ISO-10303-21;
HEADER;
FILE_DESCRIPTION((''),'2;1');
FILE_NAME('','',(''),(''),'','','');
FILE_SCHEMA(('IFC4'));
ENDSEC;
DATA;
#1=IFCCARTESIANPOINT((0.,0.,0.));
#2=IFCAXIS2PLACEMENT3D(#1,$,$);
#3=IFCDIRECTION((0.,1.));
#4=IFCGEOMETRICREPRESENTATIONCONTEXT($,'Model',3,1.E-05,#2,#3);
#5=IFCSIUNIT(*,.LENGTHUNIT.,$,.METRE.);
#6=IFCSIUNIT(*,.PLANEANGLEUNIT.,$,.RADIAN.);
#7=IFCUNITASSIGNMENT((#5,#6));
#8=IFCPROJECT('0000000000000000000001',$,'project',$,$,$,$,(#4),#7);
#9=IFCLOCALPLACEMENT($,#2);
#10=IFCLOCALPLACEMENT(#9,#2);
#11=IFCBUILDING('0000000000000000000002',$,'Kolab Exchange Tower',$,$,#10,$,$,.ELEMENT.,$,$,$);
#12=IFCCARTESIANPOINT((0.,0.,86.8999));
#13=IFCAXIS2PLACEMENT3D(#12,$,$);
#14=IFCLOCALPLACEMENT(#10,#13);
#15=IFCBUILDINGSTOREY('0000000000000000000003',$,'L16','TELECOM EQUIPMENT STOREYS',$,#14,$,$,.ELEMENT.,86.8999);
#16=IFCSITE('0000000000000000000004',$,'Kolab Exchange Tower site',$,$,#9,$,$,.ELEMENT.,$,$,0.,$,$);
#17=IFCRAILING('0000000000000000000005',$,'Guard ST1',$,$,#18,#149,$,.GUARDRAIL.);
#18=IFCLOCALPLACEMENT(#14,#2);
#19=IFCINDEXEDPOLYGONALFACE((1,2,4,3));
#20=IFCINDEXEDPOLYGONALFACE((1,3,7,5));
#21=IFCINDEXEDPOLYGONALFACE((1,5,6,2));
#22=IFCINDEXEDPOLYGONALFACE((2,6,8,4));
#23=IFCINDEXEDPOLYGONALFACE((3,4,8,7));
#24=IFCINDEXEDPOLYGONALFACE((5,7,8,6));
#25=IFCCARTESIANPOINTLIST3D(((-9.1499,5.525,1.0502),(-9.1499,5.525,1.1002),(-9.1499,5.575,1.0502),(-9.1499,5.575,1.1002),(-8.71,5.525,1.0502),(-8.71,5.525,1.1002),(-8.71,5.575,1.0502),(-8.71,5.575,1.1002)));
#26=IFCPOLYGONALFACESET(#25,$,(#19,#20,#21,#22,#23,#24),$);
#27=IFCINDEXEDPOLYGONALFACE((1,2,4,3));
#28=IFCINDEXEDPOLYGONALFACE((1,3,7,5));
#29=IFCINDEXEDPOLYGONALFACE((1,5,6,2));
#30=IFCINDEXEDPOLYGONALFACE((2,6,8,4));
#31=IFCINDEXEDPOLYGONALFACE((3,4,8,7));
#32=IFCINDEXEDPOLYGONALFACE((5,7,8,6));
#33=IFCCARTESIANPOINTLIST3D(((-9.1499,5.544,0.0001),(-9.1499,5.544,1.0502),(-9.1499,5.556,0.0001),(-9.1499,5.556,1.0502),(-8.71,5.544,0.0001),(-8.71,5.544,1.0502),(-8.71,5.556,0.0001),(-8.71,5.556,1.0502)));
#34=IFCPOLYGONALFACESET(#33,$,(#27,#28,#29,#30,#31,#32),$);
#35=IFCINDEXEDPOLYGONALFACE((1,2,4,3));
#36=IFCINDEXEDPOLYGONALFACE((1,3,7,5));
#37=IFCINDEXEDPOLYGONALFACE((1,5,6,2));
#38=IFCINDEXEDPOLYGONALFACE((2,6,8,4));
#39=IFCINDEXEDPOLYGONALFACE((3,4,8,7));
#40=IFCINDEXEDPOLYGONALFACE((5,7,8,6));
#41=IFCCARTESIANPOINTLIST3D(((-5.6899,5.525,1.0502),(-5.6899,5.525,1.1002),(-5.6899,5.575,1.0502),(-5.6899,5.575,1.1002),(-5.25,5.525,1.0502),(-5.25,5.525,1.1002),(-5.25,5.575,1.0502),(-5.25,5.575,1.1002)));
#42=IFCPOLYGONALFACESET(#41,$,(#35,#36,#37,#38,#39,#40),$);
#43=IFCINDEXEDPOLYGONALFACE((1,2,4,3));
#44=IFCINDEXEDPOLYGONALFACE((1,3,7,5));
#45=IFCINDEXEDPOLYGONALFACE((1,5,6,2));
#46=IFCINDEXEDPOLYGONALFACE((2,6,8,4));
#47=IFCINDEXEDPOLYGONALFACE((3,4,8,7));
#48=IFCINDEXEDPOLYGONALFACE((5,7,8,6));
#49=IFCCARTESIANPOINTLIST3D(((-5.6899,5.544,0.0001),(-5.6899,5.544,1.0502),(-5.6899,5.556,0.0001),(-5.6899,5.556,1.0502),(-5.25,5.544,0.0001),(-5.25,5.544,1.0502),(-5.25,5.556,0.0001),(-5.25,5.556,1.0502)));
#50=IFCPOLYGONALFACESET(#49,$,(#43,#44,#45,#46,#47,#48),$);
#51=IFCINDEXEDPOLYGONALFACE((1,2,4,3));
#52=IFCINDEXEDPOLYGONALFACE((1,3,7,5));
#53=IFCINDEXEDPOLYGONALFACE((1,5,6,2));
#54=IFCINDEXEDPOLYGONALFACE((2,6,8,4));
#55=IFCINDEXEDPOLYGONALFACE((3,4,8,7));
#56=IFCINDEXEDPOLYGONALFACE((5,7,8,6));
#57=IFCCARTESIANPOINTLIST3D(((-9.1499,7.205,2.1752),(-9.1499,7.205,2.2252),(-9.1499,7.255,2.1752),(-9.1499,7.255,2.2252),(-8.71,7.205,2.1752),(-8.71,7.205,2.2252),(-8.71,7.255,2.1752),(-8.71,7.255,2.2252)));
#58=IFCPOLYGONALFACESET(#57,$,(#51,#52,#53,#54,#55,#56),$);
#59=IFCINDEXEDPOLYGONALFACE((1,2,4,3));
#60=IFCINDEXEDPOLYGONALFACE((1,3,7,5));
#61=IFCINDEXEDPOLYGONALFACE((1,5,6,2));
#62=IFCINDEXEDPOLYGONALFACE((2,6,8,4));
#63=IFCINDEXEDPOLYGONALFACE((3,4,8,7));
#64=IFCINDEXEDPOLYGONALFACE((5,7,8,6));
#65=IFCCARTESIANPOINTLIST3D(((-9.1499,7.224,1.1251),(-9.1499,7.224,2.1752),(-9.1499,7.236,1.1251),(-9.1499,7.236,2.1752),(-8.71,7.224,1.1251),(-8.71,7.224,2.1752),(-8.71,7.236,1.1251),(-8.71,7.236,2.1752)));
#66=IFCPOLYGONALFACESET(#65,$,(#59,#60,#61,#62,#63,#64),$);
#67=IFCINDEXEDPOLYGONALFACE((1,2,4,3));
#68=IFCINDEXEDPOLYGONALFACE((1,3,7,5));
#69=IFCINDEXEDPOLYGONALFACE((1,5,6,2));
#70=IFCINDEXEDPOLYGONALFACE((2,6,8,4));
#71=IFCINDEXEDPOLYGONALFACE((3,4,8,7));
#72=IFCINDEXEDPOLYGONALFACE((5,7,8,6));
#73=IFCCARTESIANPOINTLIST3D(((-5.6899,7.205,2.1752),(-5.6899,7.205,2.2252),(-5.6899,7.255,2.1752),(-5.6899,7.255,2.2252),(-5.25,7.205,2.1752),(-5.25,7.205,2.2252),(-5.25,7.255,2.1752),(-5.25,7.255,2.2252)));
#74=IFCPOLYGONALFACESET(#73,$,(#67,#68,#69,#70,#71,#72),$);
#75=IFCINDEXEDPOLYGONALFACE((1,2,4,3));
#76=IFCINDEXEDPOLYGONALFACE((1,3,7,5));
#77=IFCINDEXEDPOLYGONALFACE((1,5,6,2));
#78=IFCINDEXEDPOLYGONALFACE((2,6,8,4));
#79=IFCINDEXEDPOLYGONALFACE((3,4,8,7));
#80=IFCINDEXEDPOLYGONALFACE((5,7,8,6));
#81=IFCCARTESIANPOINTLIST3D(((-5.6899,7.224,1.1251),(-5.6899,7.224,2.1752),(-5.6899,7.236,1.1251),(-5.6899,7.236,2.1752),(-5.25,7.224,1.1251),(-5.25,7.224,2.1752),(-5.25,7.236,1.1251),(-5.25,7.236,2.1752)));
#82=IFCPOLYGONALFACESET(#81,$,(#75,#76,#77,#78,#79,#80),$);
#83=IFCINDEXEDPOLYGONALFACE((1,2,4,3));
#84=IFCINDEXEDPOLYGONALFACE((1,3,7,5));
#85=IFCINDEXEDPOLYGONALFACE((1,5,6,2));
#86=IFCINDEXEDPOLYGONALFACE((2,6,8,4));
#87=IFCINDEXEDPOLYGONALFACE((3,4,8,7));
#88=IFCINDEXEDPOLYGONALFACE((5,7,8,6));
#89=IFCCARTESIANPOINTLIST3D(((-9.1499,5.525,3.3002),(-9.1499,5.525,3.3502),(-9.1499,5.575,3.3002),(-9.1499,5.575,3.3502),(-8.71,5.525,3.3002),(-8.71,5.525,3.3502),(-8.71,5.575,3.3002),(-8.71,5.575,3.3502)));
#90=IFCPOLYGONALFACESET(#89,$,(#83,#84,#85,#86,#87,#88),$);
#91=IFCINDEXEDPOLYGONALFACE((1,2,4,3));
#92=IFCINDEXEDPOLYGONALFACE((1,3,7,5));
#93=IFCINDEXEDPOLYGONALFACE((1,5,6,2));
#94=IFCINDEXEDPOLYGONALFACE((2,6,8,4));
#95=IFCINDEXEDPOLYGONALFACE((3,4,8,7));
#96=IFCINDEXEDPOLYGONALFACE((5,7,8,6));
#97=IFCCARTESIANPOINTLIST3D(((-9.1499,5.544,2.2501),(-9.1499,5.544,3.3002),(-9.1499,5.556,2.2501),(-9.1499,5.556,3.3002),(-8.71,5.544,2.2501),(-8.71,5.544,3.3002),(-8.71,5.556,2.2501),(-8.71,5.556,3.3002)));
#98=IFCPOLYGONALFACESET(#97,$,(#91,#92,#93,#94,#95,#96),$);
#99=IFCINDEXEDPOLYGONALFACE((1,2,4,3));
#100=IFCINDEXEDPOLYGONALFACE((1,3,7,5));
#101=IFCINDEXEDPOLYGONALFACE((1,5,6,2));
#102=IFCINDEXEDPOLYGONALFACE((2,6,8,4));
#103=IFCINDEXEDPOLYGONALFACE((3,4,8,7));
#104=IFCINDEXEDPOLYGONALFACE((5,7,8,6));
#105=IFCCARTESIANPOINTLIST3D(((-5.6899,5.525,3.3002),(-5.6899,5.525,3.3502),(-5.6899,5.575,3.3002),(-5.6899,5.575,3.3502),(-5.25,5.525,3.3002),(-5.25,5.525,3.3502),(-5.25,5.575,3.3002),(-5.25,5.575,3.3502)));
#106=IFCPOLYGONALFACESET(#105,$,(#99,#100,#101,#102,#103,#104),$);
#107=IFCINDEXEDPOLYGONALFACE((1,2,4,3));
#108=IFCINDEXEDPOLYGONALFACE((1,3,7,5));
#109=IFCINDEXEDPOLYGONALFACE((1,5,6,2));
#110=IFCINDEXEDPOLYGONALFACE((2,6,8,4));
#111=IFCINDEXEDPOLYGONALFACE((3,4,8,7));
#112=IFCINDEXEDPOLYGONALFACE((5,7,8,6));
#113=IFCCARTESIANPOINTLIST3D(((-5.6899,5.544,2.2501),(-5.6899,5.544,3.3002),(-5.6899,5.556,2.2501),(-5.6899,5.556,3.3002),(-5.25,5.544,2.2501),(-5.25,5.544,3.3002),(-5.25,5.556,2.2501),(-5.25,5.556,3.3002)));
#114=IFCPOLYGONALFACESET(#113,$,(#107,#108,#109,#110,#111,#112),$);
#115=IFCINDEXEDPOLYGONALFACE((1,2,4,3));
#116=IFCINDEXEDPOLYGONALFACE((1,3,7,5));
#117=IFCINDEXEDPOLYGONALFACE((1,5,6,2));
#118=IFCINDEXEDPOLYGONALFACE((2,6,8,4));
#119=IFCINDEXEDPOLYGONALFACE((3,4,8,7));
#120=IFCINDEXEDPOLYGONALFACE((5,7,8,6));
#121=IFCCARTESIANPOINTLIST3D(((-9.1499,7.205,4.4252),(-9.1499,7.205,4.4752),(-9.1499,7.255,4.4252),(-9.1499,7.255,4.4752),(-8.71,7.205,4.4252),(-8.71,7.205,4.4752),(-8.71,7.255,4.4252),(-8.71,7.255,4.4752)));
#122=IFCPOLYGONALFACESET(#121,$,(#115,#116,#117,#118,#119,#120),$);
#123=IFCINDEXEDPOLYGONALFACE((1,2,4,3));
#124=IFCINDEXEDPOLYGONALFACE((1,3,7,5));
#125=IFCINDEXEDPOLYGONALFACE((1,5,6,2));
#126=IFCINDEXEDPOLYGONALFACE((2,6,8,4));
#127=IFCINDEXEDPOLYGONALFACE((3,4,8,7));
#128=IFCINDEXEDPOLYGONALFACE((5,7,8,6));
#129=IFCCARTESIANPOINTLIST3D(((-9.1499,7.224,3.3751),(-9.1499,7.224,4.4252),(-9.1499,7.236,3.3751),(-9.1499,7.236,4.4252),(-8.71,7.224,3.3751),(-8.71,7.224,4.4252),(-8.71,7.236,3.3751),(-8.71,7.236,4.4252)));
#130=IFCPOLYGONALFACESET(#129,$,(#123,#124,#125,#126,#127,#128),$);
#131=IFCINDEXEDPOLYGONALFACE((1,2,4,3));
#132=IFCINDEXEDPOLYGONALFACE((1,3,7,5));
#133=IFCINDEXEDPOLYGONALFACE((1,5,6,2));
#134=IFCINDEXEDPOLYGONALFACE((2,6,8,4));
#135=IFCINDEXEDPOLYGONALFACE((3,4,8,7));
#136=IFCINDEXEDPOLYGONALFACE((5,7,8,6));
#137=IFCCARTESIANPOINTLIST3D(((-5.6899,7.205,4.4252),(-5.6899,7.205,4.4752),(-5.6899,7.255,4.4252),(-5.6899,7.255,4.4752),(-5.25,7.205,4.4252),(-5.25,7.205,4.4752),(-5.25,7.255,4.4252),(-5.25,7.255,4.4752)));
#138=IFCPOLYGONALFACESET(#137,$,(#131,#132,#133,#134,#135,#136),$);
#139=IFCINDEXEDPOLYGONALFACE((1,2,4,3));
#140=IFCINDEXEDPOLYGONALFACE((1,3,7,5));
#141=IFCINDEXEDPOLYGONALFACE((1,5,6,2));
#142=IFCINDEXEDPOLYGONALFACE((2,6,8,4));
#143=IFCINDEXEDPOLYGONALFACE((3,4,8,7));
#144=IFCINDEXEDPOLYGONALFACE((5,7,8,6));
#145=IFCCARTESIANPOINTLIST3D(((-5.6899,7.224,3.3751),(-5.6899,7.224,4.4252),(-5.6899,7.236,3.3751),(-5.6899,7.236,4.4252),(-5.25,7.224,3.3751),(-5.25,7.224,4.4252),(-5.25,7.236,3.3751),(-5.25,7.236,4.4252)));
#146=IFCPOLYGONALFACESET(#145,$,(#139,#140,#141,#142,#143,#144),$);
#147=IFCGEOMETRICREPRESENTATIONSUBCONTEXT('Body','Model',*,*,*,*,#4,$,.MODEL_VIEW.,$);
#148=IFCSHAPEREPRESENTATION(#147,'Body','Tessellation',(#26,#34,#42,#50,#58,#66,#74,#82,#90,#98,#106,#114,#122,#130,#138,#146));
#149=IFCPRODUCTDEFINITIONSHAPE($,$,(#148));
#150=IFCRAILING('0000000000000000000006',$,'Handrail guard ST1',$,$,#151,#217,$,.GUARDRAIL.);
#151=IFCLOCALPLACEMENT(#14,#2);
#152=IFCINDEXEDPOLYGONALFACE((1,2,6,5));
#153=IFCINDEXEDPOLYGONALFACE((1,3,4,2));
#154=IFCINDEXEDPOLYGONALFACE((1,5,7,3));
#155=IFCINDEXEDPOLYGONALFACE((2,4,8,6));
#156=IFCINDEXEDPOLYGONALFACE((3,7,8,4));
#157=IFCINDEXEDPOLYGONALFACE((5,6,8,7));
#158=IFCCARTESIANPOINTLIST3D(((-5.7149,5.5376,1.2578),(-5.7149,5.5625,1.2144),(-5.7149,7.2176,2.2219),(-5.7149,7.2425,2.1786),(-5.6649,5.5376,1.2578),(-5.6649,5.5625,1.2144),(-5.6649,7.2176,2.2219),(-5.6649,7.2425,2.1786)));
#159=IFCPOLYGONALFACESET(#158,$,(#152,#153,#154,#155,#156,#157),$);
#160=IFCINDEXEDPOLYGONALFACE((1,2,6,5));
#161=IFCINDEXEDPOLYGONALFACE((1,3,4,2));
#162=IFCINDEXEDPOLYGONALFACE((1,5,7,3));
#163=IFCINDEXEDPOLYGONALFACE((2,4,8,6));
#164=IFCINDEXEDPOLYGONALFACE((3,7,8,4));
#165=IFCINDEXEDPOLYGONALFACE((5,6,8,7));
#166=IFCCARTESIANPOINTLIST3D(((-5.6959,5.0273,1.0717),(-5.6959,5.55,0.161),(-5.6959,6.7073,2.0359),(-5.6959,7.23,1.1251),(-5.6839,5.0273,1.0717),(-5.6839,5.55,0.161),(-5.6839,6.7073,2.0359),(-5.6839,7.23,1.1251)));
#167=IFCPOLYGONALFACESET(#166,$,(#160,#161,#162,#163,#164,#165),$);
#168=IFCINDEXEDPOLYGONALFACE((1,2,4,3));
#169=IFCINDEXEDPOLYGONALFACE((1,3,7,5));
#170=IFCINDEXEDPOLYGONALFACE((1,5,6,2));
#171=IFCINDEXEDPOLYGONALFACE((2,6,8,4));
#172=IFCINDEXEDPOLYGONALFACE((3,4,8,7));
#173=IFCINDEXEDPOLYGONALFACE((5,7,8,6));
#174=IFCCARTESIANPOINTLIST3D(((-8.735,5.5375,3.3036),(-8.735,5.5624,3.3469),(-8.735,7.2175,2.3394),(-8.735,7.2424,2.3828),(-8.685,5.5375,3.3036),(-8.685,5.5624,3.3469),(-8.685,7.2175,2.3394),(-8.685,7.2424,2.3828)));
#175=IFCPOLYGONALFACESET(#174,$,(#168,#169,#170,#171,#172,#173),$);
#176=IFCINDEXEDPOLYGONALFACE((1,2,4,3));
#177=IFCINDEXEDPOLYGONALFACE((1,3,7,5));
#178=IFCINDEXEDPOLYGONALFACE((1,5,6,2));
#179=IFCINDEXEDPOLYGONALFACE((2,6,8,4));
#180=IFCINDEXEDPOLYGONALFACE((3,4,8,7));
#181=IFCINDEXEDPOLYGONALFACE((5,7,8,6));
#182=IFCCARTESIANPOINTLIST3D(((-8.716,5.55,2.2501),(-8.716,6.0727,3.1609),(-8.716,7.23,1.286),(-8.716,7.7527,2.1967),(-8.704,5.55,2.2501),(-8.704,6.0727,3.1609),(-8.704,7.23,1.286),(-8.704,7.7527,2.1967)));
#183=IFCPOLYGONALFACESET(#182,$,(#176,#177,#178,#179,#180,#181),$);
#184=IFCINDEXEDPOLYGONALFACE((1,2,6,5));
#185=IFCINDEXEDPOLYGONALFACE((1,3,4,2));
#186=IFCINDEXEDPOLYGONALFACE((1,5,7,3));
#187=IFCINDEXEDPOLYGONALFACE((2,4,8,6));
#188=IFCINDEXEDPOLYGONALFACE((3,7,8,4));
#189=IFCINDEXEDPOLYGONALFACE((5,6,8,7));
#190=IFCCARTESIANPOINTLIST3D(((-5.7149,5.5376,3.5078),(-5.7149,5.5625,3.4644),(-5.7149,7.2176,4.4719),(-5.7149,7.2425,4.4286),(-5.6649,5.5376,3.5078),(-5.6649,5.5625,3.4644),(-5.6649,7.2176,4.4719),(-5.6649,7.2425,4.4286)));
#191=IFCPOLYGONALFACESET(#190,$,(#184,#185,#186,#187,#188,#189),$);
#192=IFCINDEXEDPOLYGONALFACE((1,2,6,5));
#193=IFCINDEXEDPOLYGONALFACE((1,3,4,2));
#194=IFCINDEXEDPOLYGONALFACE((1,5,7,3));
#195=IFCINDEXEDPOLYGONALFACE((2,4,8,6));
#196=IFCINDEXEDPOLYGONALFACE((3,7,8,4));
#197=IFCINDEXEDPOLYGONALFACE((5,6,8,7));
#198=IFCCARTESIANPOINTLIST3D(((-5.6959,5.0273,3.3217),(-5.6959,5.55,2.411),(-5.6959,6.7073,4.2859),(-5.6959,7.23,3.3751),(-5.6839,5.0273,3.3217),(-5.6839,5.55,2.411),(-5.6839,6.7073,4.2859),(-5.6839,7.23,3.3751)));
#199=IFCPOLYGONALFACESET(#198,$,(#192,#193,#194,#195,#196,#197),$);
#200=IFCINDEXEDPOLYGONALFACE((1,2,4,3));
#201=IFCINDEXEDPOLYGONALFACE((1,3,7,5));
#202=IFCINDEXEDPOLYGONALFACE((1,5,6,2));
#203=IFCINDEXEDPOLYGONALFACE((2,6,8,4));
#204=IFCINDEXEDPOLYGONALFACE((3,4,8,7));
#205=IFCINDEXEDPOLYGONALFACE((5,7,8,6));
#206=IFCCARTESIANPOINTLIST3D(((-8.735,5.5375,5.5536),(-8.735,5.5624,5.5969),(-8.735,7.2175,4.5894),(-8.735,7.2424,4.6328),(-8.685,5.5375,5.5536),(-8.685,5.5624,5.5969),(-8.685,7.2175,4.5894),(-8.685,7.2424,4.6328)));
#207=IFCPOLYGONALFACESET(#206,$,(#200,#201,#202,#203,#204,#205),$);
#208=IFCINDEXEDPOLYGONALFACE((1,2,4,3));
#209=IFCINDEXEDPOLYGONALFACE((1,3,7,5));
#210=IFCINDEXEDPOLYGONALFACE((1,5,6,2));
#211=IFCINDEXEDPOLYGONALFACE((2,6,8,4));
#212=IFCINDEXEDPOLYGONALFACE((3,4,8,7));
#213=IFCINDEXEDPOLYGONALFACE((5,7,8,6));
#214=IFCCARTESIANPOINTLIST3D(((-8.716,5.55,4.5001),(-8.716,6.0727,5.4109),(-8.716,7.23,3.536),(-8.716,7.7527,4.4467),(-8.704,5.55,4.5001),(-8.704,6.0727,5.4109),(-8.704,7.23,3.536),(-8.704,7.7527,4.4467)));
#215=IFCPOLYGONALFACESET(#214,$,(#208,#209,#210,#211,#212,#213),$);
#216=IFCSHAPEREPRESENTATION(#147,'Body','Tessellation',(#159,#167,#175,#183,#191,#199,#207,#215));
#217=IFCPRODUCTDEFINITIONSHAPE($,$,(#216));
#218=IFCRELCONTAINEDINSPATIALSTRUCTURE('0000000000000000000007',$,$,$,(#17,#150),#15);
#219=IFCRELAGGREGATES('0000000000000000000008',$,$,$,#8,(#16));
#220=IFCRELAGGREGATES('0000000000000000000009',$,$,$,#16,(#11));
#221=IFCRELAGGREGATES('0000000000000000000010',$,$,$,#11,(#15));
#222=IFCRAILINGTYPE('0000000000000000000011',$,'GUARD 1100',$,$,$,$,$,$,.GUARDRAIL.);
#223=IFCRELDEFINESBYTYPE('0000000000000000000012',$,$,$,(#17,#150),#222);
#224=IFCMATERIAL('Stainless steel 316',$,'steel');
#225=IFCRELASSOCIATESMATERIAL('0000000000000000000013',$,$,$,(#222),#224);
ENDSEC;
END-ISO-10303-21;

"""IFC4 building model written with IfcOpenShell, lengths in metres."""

from ifc_helpers import new_model, si_unit, direction, frame, frame_2d, origin, origin_2d, place, context, subcontext, project, spatial, rectangle, extrude, material, type_object, element, save


model = new_model("IFC4")

# Units and contexts
model_context = context("Model", 3, precision=1e-05, world=origin(), true_north=direction((0.0, 1.0)))
body_context = subcontext(model_context, "Body", "Model", "MODEL_VIEW")
ifc_project = project(units=[si_unit("LENGTHUNIT", "METRE"), si_unit("PLANEANGLEUNIT", "RADIAN")], contexts=[model_context])

# Site, building, storey
site_placement = place(None, origin())
site = spatial("IfcSite", under=ifc_project, at=site_placement, Name="Kolab Exchange Tower site", CompositionType="ELEMENT", RefElevation=0.0)
building_placement = place(site_placement, origin())
building = spatial("IfcBuilding", under=site, at=building_placement, Name="Kolab Exchange Tower", CompositionType="ELEMENT")
storey_placement = place(building_placement, frame((0.0, 0.0, 86.8999)))
storey = spatial("IfcBuildingStorey", under=building, at=storey_placement, Name="L16", Description="TELECOM EQUIPMENT STOREYS", CompositionType="ELEMENT", Elevation=86.8999)

# Railings
ifc_material_1 = material(Name="Stainless steel 316", Category="steel")
railing_type = type_object("IfcRailingType", Name="GUARD 1100", PredefinedType="GUARDRAIL", material=ifc_material_1)
railing_1_placement = place(storey_placement, frame((-9.1499, 5.55, 0.0)))
element("IfcRailing", 1, at=railing_1_placement, inside=storey, type_object=railing_type, Name="Guard ST1", PredefinedType="GUARDRAIL", context=body_context, shape_type="SweptSolid", body=[
    extrude(rectangle(XDim=0.05, YDim=0.05, at=origin_2d()), frame((0.0, 0.0, 1.0752), z_axis=(1.0, 0.0, 0.0), x_axis=(0.0, 1.0, 0.0)), (0.0, 0.0, 1.0), 0.4399),
    extrude(rectangle(XDim=0.012, YDim=1.0501, at=frame_2d((0.0, 0.5251))), frame((0.0, 0.0, 0.0), z_axis=(1.0, 0.0, 0.0), x_axis=(0.0, 1.0, 0.0)), (0.0, 0.0, 1.0), 0.4399),
    extrude(rectangle(XDim=0.05, YDim=0.05, at=origin_2d()), frame((3.46, 0.0, 1.0752), z_axis=(1.0, 0.0, 0.0), x_axis=(0.0, 1.0, 0.0)), (0.0, 0.0, 1.0), 0.4399),
    extrude(rectangle(XDim=0.012, YDim=1.0501, at=frame_2d((0.0, 0.5251))), frame((3.46, 0.0, 0.0), z_axis=(1.0, 0.0, 0.0), x_axis=(0.0, 1.0, 0.0)), (0.0, 0.0, 1.0), 0.4399),
    extrude(rectangle(XDim=0.05, YDim=0.05, at=origin_2d()), frame((0.0, 1.6799, 2.2002), z_axis=(1.0, 0.0, 0.0), x_axis=(0.0, 1.0, 0.0)), (0.0, 0.0, 1.0), 0.4399),
    extrude(rectangle(XDim=0.012, YDim=1.0501, at=frame_2d((0.0, 0.5251))), frame((0.0, 1.6799, 1.125), z_axis=(1.0, 0.0, 0.0), x_axis=(0.0, 1.0, 0.0)), (0.0, 0.0, 1.0), 0.4399),
    extrude(rectangle(XDim=0.05, YDim=0.05, at=origin_2d()), frame((3.46, 1.6799, 2.2002), z_axis=(1.0, 0.0, 0.0), x_axis=(0.0, 1.0, 0.0)), (0.0, 0.0, 1.0), 0.4399),
    extrude(rectangle(XDim=0.012, YDim=1.0501, at=frame_2d((0.0, 0.5251))), frame((3.46, 1.6799, 1.125), z_axis=(1.0, 0.0, 0.0), x_axis=(0.0, 1.0, 0.0)), (0.0, 0.0, 1.0), 0.4399),
    extrude(rectangle(XDim=0.05, YDim=0.05, at=origin_2d()), frame((0.0, 0.0, 3.3252), z_axis=(1.0, 0.0, 0.0), x_axis=(0.0, 1.0, 0.0)), (0.0, 0.0, 1.0), 0.4399),
    extrude(rectangle(XDim=0.012, YDim=1.0501, at=frame_2d((0.0, 0.5251))), frame((0.0, 0.0, 2.25), z_axis=(1.0, 0.0, 0.0), x_axis=(0.0, 1.0, 0.0)), (0.0, 0.0, 1.0), 0.4399),
    extrude(rectangle(XDim=0.05, YDim=0.05, at=origin_2d()), frame((3.46, 0.0, 3.3252), z_axis=(1.0, 0.0, 0.0), x_axis=(0.0, 1.0, 0.0)), (0.0, 0.0, 1.0), 0.4399),
    extrude(rectangle(XDim=0.012, YDim=1.0501, at=frame_2d((0.0, 0.5251))), frame((3.46, 0.0, 2.25), z_axis=(1.0, 0.0, 0.0), x_axis=(0.0, 1.0, 0.0)), (0.0, 0.0, 1.0), 0.4399),
    extrude(rectangle(XDim=0.05, YDim=0.05, at=origin_2d()), frame((0.0, 1.6799, 4.4502), z_axis=(1.0, 0.0, 0.0), x_axis=(0.0, 1.0, 0.0)), (0.0, 0.0, 1.0), 0.4399),
    extrude(rectangle(XDim=0.012, YDim=1.0501, at=frame_2d((0.0, 0.5251))), frame((0.0, 1.6799, 3.375), z_axis=(1.0, 0.0, 0.0), x_axis=(0.0, 1.0, 0.0)), (0.0, 0.0, 1.0), 0.4399),
    extrude(rectangle(XDim=0.05, YDim=0.05, at=origin_2d()), frame((3.46, 1.6799, 4.4502), z_axis=(1.0, 0.0, 0.0), x_axis=(0.0, 1.0, 0.0)), (0.0, 0.0, 1.0), 0.4399),
    extrude(rectangle(XDim=0.012, YDim=1.0501, at=frame_2d((0.0, 0.5251))), frame((3.46, 1.6799, 3.375), z_axis=(1.0, 0.0, 0.0), x_axis=(0.0, 1.0, 0.0)), (0.0, 0.0, 1.0), 0.4399),
])
railing_2_placement = place(storey_placement, frame((-5.6899, 5.55, 0.1609)))
element("IfcRailing", 2, at=railing_2_placement, inside=storey, type_object=railing_type, Name="Handrail guard ST1", PredefinedType="GUARDRAIL", context=body_context, shape_type="SweptSolid", body=[
    extrude(rectangle(XDim=0.05, YDim=0.05, at=origin_2d()), frame((0.0, 0.0, 1.0752), z_axis=(0.0, 0.867319, 0.497753), x_axis=(-1.0, 0.0, 0.0)), (0.0, 0.0, 1.0), 1.937),
    extrude(rectangle(XDim=0.012, YDim=1.0501, at=frame_2d((0.0, 0.5251))), frame((0.0, 0.0, 0.0), z_axis=(0.0, 0.867319, 0.497753), x_axis=(-1.0, 0.0, 0.0)), (0.0, 0.0, 1.0), 1.937),
    extrude(rectangle(XDim=0.05, YDim=0.05, at=origin_2d()), frame((-3.02, 1.6799, 2.2002), z_axis=(0.0, -0.867319, 0.497753), x_axis=(1.0, 0.0, 0.0)), (0.0, 0.0, 1.0), 1.937),
    extrude(rectangle(XDim=0.012, YDim=1.0501, at=frame_2d((0.0, 0.5251))), frame((-3.02, 1.6799, 1.125), z_axis=(0.0, -0.867319, 0.497753), x_axis=(1.0, 0.0, 0.0)), (0.0, 0.0, 1.0), 1.937),
    extrude(rectangle(XDim=0.05, YDim=0.05, at=origin_2d()), frame((0.0, 0.0, 3.3252), z_axis=(0.0, 0.867319, 0.497753), x_axis=(-1.0, 0.0, 0.0)), (0.0, 0.0, 1.0), 1.937),
    extrude(rectangle(XDim=0.012, YDim=1.0501, at=frame_2d((0.0, 0.5251))), frame((0.0, 0.0, 2.25), z_axis=(0.0, 0.867319, 0.497753), x_axis=(-1.0, 0.0, 0.0)), (0.0, 0.0, 1.0), 1.937),
    extrude(rectangle(XDim=0.05, YDim=0.05, at=origin_2d()), frame((-3.02, 1.6799, 4.4502), z_axis=(0.0, -0.867319, 0.497753), x_axis=(1.0, 0.0, 0.0)), (0.0, 0.0, 1.0), 1.937),
    extrude(rectangle(XDim=0.012, YDim=1.0501, at=frame_2d((0.0, 0.5251))), frame((-3.02, 1.6799, 3.375), z_axis=(0.0, -0.867319, 0.497753), x_axis=(1.0, 0.0, 0.0)), (0.0, 0.0, 1.0), 1.937),
])

save(model, "model.ifc")
